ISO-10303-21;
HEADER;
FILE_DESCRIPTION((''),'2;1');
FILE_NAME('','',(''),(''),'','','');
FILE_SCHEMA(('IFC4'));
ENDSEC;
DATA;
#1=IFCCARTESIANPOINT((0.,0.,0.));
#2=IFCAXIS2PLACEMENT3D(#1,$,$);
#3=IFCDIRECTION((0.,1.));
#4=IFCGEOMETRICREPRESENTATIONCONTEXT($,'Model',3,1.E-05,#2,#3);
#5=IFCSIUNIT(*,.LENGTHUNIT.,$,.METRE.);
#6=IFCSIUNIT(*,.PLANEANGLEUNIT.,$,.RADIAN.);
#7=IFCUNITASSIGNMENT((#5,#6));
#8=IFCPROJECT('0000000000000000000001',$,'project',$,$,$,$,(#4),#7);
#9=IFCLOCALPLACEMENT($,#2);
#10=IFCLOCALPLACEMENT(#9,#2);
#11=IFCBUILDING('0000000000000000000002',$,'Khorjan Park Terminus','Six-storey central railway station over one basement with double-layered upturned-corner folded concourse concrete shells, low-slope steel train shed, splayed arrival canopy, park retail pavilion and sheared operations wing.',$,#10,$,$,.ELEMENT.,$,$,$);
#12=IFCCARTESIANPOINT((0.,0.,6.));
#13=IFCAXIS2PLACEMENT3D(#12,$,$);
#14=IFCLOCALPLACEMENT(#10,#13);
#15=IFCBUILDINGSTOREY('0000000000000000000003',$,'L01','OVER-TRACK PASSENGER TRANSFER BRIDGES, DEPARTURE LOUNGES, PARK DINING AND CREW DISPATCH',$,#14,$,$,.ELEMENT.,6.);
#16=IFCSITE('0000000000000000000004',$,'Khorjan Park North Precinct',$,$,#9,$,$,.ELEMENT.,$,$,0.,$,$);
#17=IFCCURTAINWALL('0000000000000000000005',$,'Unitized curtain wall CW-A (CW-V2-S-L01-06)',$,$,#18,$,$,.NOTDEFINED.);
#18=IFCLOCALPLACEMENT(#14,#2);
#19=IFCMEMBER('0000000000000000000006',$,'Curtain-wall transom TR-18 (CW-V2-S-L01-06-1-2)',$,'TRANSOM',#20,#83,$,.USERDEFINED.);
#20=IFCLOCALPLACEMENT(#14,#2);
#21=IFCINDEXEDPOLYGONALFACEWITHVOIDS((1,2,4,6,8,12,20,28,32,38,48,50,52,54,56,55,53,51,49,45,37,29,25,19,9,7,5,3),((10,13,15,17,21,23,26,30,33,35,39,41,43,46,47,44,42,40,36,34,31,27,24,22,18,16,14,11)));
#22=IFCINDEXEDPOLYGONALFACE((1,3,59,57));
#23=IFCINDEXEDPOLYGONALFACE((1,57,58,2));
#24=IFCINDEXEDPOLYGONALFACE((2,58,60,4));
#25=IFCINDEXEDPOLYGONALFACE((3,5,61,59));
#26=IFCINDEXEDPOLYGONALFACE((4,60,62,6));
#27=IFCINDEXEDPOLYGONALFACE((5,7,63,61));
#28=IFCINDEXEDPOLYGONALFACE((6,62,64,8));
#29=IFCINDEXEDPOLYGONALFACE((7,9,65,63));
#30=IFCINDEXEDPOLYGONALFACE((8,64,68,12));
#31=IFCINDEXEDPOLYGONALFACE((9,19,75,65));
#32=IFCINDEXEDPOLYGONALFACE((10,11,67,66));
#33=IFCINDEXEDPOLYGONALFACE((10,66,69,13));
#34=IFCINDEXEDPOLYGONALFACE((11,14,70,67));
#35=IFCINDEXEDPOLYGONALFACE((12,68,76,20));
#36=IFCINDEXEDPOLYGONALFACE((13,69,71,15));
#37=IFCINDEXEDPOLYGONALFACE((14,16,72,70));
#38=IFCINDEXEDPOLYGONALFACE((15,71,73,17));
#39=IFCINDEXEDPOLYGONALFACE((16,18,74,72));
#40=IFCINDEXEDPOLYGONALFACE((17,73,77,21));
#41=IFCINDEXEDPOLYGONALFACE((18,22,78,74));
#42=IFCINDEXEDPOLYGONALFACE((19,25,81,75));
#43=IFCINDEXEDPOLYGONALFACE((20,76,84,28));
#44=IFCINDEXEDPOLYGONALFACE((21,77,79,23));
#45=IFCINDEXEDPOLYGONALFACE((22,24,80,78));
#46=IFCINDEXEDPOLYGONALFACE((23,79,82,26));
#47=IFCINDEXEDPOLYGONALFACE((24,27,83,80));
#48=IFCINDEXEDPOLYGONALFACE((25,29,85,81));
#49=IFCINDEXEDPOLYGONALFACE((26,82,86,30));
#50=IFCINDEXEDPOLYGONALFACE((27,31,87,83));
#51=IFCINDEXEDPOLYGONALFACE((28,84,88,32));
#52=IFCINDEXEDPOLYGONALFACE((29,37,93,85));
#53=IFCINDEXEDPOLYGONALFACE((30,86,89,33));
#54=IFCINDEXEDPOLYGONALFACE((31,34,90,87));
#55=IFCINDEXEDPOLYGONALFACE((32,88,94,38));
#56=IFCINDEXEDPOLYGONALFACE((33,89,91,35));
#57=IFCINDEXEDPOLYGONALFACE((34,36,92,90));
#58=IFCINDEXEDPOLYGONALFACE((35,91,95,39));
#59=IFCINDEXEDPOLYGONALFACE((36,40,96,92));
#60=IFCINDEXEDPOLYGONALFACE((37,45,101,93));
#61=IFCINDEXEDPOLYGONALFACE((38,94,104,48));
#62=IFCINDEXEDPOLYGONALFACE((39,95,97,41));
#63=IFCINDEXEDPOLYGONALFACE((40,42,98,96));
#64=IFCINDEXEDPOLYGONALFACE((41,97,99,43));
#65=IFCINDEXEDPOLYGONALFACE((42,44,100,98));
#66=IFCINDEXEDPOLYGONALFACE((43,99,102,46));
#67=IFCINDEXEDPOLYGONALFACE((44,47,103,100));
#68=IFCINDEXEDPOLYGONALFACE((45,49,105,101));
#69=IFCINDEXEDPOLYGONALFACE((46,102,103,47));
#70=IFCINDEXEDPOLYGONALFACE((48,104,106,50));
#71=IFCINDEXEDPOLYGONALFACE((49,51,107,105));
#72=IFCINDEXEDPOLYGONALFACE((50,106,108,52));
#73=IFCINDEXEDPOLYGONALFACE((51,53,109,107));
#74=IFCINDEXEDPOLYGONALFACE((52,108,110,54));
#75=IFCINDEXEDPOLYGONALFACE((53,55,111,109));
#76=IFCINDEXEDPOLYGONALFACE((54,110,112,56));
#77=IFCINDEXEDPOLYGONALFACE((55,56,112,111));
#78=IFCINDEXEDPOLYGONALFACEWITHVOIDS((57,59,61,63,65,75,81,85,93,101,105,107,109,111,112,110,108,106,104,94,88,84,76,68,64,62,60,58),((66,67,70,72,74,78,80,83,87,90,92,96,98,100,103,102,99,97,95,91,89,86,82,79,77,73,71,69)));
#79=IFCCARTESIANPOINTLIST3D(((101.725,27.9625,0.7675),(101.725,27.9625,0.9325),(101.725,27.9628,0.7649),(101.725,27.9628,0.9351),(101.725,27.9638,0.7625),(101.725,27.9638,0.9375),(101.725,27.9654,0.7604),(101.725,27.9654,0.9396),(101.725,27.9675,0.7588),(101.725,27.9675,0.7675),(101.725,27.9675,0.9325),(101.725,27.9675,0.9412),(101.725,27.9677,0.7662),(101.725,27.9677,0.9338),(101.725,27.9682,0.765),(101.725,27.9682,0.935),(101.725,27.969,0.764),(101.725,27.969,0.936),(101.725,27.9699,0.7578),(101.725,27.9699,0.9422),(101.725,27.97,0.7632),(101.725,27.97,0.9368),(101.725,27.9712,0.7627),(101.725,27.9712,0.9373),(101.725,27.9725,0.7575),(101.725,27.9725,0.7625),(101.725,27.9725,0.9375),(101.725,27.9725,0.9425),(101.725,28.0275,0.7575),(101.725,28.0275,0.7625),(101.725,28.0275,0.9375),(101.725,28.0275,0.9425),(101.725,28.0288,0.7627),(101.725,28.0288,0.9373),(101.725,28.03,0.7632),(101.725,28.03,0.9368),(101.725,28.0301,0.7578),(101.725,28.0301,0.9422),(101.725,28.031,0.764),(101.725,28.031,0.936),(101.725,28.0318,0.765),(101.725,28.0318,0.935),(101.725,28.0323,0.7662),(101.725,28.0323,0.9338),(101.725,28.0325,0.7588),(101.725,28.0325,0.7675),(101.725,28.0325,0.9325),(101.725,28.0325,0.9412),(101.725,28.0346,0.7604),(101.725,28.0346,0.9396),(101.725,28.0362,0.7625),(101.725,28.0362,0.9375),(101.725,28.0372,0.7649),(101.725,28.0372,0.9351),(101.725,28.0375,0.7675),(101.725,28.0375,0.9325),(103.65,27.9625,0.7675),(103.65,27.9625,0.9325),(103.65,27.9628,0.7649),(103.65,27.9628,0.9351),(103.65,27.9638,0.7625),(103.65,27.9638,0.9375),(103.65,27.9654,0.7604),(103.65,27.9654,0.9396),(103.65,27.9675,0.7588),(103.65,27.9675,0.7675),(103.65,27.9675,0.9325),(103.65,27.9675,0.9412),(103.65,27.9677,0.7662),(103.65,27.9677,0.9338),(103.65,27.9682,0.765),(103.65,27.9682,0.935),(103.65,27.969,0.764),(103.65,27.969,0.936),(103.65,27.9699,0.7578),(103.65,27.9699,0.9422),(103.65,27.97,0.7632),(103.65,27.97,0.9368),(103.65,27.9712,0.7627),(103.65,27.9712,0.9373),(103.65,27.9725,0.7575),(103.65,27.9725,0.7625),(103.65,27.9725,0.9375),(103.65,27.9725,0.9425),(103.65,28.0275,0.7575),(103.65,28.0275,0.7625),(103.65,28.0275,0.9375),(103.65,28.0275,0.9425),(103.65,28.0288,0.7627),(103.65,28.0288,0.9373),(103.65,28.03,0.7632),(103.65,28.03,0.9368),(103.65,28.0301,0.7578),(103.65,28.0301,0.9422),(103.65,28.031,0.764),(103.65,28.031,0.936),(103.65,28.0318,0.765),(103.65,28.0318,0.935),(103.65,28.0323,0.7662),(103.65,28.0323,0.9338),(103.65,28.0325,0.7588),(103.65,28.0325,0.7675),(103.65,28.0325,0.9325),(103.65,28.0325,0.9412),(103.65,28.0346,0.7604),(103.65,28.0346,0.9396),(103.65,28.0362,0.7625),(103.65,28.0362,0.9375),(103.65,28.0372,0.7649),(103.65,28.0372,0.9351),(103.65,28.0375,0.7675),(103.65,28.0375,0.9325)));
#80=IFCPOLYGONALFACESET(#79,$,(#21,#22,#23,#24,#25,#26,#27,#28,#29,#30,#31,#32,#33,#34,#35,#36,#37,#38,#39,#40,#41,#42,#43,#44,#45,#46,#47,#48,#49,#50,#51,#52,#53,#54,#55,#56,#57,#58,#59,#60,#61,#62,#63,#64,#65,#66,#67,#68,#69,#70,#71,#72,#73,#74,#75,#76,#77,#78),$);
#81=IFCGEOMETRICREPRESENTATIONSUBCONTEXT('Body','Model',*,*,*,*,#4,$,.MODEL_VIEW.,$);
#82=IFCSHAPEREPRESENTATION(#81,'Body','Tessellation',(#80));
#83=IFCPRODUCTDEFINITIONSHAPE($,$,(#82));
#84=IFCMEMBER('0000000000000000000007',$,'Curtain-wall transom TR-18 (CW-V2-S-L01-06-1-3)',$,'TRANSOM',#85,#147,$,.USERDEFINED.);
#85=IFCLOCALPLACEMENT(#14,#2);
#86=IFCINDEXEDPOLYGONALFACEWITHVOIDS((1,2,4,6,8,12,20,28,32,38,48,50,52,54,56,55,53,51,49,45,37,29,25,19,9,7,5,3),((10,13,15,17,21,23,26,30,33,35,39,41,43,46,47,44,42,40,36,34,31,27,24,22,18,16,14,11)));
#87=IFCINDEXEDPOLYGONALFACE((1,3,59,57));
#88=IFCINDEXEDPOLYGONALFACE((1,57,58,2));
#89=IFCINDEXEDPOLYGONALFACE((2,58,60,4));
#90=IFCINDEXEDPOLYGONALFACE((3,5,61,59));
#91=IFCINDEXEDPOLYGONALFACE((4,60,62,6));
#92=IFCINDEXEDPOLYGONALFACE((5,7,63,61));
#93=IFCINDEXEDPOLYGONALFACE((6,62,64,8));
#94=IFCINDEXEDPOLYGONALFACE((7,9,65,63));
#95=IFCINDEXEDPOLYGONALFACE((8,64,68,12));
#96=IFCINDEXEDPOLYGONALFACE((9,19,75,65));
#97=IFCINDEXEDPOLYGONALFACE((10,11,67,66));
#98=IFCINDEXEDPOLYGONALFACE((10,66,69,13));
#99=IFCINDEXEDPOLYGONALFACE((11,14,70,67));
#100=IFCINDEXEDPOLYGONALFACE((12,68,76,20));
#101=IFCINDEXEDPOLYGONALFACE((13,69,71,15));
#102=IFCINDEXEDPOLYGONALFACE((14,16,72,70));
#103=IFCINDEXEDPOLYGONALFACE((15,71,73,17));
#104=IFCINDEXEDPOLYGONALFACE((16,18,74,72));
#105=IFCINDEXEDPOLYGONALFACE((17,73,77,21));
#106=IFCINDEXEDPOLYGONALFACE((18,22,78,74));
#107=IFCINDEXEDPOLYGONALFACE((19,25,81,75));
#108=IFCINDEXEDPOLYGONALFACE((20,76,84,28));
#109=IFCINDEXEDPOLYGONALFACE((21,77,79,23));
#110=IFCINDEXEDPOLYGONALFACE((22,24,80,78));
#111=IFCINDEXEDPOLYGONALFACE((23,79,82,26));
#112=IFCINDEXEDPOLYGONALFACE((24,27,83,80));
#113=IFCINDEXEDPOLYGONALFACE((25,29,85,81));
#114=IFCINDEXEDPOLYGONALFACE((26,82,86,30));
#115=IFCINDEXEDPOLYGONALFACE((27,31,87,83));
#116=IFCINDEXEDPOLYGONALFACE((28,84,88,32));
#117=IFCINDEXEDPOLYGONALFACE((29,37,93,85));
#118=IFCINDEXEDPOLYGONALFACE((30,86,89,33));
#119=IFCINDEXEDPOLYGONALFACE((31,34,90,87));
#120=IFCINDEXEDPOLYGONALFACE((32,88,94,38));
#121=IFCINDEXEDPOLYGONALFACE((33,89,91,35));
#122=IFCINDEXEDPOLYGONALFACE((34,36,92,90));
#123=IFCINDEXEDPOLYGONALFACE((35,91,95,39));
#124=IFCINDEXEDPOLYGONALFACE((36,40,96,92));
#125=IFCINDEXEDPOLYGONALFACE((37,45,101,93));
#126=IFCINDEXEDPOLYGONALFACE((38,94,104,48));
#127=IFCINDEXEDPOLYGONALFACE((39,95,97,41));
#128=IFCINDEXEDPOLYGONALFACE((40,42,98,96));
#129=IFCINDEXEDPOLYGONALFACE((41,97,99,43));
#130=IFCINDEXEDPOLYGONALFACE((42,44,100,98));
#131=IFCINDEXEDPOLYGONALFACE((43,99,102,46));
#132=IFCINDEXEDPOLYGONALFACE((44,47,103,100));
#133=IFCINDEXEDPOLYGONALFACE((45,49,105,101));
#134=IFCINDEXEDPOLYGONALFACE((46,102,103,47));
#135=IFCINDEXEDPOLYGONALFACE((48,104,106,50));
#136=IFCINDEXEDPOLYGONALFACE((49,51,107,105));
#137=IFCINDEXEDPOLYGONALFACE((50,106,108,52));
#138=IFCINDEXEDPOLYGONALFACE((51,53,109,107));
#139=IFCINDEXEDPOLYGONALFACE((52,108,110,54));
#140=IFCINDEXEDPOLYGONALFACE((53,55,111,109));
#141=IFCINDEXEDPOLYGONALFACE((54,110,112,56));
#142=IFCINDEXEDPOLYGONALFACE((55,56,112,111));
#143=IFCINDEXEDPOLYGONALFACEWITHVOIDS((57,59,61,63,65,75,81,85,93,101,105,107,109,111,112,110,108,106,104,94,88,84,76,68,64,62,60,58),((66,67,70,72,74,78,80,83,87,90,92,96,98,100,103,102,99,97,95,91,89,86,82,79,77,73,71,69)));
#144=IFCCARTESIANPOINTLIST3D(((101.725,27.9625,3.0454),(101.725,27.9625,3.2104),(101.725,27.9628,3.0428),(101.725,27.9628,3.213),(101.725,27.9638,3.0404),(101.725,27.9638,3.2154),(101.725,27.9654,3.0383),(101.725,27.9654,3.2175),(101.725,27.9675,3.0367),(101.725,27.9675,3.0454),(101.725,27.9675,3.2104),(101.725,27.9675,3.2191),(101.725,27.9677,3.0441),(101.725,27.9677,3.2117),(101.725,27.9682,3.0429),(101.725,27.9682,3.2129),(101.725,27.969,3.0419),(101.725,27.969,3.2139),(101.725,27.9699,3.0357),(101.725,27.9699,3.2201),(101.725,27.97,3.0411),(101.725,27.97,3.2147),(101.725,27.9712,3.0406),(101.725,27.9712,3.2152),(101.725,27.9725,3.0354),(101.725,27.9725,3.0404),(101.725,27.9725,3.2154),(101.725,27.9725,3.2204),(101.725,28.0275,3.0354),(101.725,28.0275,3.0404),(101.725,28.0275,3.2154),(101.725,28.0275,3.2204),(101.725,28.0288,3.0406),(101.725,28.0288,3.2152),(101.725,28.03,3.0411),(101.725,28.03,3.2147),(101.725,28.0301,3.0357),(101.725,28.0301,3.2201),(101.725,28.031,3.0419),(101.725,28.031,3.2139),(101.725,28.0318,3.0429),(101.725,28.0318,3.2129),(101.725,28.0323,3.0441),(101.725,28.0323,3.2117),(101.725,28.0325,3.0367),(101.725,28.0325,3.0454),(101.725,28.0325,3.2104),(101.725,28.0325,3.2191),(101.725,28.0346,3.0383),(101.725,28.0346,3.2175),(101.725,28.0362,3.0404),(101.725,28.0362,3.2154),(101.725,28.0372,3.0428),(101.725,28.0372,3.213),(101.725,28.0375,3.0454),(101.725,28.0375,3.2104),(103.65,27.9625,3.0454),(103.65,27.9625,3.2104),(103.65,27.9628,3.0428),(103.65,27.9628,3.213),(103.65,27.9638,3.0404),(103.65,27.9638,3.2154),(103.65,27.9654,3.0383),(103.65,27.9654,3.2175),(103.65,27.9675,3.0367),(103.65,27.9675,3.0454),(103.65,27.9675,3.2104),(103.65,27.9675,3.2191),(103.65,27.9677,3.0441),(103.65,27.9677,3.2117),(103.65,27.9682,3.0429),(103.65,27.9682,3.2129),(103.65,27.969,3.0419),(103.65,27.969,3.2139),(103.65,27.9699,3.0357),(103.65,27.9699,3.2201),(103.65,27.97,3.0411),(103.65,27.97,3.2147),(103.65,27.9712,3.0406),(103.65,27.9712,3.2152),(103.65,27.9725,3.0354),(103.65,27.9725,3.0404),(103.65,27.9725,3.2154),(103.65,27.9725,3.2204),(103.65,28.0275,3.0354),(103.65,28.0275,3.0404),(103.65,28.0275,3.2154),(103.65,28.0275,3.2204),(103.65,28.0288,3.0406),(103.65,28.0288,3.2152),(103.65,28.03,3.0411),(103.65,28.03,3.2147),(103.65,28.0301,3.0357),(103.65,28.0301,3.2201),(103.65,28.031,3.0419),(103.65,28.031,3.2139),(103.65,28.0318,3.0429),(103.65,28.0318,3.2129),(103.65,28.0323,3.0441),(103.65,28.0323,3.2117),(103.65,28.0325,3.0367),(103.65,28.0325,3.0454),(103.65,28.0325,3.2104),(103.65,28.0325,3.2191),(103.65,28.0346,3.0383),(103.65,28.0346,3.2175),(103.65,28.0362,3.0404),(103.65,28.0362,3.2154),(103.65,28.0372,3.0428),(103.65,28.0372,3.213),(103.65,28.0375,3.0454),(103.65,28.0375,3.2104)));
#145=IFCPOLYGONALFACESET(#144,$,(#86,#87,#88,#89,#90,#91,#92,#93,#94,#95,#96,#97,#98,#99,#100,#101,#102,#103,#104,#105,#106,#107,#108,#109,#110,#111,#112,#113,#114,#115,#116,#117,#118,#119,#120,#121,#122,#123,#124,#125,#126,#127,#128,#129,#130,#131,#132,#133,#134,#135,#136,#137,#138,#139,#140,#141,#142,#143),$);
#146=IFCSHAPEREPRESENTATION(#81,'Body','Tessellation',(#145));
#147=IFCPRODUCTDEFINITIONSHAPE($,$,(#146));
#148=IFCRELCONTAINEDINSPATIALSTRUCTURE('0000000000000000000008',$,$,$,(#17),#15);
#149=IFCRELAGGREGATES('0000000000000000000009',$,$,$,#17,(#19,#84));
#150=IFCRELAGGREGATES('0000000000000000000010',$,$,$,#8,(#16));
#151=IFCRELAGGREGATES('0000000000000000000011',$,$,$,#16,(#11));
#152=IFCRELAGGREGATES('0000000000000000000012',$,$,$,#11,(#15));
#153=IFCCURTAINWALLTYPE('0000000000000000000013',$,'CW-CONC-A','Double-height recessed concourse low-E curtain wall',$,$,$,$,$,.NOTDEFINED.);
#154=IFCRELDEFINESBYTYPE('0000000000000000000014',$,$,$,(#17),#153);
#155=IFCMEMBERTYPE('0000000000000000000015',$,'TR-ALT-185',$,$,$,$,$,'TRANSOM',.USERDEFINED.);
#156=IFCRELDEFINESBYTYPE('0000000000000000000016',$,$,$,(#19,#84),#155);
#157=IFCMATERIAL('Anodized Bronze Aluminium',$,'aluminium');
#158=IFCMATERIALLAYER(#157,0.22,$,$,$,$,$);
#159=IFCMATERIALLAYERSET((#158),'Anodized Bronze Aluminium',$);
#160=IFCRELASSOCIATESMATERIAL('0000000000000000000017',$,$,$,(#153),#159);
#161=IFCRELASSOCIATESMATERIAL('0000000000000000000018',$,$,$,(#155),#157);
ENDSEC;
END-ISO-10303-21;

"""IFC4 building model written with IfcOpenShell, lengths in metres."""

from ifc_helpers import new_model, si_unit, direction, frame, origin, origin_2d, place, context, subcontext, project, spatial, hollow_rectangle, extrude, material, layer, layer_set, material_profile, profile_set, type_object, element, aggregate, save


model = new_model("IFC4")

# Units and contexts
model_context = context("Model", 3, precision=1e-05, world=origin(), true_north=direction((0.0, 1.0)))
body_context = subcontext(model_context, "Body", "Model", "MODEL_VIEW")
ifc_project = project(units=[si_unit("LENGTHUNIT", "METRE"), si_unit("PLANEANGLEUNIT", "RADIAN")], contexts=[model_context])

# Site, building, storey
site_placement = place(None, origin())
site = spatial("IfcSite", under=ifc_project, at=site_placement, Name="Khorjan Park North Precinct", CompositionType="ELEMENT", RefElevation=0.0)
building_placement = place(site_placement, origin())
building = spatial("IfcBuilding", under=site, at=building_placement, Name="Khorjan Park Terminus", Description="Six-storey central railway station over one basement with double-layered upturned-corner folded concourse concrete shells, low-slope steel train shed, splayed arrival canopy, park retail pavilion and sheared operations wing.", CompositionType="ELEMENT")
storey_placement = place(building_placement, frame((0.0, 0.0, 6.0)))
storey = spatial("IfcBuildingStorey", under=building, at=storey_placement, Name="L01", Description="OVER-TRACK PASSENGER TRANSFER BRIDGES, DEPARTURE LOUNGES, PARK DINING AND CREW DISPATCH", CompositionType="ELEMENT", Elevation=6.0)

# Shared definitions
ifc_material_1 = material(Name="Anodized Bronze Aluminium", Category="aluminium")
ifc_layer_1 = layer(ifc_material_1, 0.22)
ifc_layer_set_1 = layer_set([ifc_layer_1], Name="Anodized Bronze Aluminium")
curtain_wall_type = type_object("IfcCurtainWallType", Name="CW-CONC-A", Description="Double-height recessed concourse low-E curtain wall", PredefinedType="NOTDEFINED", material=ifc_layer_set_1)

# Curtain wall, members
curtain_wall_1_placement = place(storey_placement, origin())
curtain_wall_1 = element("IfcCurtainWall", 1, at=curtain_wall_1_placement, inside=storey, type_object=curtain_wall_type, Name="Unitized curtain wall CW-A (CW-V2-S-L01-06)", PredefinedType="NOTDEFINED")
ifc_material_profile_1 = material_profile(ifc_material_1, hollow_rectangle(XDim=0.075, YDim=0.185, WallThickness=0.005, InnerFilletRadius=0.005, OuterFilletRadius=0.01, at=origin_2d()), Name="ALT 75x185x5")
ifc_profile_set_1 = profile_set([ifc_material_profile_1], Name="Anodized Bronze Aluminium")
member_type_1 = type_object("IfcMemberType", Name="TR-ALT-185", ElementType="TRANSOM", PredefinedType="USERDEFINED", material=ifc_profile_set_1)
member_1_placement = place(storey_placement, frame((101.725, 28.0, 0.85), z_axis=(1.0, 0.0, 0.0), x_axis=(0.0, 1.0, 0.0)))
member_1 = element("IfcMember", 2, at=member_1_placement, type_object=member_type_1, Name="Curtain-wall transom TR-18 (CW-V2-S-L01-06-1-2)", ObjectType="TRANSOM", PredefinedType="USERDEFINED", context=body_context, shape_type="SweptSolid", body=[
    extrude(hollow_rectangle(XDim=0.075, YDim=0.185, WallThickness=0.005, InnerFilletRadius=0.005, OuterFilletRadius=0.01, at=origin_2d()), origin(), (0.0, 0.0, 1.0), 1.925),
])
member_2_placement = place(storey_placement, frame((101.725, 28.0, 3.1279), z_axis=(1.0, 0.0, 0.0), x_axis=(0.0, 1.0, 0.0)))
member_2 = element("IfcMember", 3, at=member_2_placement, type_object=member_type_1, Name="Curtain-wall transom TR-18 (CW-V2-S-L01-06-1-3)", ObjectType="TRANSOM", PredefinedType="USERDEFINED", context=body_context, shape_type="SweptSolid", body=[
    extrude(hollow_rectangle(XDim=0.075, YDim=0.185, WallThickness=0.005, InnerFilletRadius=0.005, OuterFilletRadius=0.01, at=origin_2d()), origin(), (0.0, 0.0, 1.0), 1.925),
])

aggregate(curtain_wall_1, [member_1, member_2])

save(model, "model.ifc")
